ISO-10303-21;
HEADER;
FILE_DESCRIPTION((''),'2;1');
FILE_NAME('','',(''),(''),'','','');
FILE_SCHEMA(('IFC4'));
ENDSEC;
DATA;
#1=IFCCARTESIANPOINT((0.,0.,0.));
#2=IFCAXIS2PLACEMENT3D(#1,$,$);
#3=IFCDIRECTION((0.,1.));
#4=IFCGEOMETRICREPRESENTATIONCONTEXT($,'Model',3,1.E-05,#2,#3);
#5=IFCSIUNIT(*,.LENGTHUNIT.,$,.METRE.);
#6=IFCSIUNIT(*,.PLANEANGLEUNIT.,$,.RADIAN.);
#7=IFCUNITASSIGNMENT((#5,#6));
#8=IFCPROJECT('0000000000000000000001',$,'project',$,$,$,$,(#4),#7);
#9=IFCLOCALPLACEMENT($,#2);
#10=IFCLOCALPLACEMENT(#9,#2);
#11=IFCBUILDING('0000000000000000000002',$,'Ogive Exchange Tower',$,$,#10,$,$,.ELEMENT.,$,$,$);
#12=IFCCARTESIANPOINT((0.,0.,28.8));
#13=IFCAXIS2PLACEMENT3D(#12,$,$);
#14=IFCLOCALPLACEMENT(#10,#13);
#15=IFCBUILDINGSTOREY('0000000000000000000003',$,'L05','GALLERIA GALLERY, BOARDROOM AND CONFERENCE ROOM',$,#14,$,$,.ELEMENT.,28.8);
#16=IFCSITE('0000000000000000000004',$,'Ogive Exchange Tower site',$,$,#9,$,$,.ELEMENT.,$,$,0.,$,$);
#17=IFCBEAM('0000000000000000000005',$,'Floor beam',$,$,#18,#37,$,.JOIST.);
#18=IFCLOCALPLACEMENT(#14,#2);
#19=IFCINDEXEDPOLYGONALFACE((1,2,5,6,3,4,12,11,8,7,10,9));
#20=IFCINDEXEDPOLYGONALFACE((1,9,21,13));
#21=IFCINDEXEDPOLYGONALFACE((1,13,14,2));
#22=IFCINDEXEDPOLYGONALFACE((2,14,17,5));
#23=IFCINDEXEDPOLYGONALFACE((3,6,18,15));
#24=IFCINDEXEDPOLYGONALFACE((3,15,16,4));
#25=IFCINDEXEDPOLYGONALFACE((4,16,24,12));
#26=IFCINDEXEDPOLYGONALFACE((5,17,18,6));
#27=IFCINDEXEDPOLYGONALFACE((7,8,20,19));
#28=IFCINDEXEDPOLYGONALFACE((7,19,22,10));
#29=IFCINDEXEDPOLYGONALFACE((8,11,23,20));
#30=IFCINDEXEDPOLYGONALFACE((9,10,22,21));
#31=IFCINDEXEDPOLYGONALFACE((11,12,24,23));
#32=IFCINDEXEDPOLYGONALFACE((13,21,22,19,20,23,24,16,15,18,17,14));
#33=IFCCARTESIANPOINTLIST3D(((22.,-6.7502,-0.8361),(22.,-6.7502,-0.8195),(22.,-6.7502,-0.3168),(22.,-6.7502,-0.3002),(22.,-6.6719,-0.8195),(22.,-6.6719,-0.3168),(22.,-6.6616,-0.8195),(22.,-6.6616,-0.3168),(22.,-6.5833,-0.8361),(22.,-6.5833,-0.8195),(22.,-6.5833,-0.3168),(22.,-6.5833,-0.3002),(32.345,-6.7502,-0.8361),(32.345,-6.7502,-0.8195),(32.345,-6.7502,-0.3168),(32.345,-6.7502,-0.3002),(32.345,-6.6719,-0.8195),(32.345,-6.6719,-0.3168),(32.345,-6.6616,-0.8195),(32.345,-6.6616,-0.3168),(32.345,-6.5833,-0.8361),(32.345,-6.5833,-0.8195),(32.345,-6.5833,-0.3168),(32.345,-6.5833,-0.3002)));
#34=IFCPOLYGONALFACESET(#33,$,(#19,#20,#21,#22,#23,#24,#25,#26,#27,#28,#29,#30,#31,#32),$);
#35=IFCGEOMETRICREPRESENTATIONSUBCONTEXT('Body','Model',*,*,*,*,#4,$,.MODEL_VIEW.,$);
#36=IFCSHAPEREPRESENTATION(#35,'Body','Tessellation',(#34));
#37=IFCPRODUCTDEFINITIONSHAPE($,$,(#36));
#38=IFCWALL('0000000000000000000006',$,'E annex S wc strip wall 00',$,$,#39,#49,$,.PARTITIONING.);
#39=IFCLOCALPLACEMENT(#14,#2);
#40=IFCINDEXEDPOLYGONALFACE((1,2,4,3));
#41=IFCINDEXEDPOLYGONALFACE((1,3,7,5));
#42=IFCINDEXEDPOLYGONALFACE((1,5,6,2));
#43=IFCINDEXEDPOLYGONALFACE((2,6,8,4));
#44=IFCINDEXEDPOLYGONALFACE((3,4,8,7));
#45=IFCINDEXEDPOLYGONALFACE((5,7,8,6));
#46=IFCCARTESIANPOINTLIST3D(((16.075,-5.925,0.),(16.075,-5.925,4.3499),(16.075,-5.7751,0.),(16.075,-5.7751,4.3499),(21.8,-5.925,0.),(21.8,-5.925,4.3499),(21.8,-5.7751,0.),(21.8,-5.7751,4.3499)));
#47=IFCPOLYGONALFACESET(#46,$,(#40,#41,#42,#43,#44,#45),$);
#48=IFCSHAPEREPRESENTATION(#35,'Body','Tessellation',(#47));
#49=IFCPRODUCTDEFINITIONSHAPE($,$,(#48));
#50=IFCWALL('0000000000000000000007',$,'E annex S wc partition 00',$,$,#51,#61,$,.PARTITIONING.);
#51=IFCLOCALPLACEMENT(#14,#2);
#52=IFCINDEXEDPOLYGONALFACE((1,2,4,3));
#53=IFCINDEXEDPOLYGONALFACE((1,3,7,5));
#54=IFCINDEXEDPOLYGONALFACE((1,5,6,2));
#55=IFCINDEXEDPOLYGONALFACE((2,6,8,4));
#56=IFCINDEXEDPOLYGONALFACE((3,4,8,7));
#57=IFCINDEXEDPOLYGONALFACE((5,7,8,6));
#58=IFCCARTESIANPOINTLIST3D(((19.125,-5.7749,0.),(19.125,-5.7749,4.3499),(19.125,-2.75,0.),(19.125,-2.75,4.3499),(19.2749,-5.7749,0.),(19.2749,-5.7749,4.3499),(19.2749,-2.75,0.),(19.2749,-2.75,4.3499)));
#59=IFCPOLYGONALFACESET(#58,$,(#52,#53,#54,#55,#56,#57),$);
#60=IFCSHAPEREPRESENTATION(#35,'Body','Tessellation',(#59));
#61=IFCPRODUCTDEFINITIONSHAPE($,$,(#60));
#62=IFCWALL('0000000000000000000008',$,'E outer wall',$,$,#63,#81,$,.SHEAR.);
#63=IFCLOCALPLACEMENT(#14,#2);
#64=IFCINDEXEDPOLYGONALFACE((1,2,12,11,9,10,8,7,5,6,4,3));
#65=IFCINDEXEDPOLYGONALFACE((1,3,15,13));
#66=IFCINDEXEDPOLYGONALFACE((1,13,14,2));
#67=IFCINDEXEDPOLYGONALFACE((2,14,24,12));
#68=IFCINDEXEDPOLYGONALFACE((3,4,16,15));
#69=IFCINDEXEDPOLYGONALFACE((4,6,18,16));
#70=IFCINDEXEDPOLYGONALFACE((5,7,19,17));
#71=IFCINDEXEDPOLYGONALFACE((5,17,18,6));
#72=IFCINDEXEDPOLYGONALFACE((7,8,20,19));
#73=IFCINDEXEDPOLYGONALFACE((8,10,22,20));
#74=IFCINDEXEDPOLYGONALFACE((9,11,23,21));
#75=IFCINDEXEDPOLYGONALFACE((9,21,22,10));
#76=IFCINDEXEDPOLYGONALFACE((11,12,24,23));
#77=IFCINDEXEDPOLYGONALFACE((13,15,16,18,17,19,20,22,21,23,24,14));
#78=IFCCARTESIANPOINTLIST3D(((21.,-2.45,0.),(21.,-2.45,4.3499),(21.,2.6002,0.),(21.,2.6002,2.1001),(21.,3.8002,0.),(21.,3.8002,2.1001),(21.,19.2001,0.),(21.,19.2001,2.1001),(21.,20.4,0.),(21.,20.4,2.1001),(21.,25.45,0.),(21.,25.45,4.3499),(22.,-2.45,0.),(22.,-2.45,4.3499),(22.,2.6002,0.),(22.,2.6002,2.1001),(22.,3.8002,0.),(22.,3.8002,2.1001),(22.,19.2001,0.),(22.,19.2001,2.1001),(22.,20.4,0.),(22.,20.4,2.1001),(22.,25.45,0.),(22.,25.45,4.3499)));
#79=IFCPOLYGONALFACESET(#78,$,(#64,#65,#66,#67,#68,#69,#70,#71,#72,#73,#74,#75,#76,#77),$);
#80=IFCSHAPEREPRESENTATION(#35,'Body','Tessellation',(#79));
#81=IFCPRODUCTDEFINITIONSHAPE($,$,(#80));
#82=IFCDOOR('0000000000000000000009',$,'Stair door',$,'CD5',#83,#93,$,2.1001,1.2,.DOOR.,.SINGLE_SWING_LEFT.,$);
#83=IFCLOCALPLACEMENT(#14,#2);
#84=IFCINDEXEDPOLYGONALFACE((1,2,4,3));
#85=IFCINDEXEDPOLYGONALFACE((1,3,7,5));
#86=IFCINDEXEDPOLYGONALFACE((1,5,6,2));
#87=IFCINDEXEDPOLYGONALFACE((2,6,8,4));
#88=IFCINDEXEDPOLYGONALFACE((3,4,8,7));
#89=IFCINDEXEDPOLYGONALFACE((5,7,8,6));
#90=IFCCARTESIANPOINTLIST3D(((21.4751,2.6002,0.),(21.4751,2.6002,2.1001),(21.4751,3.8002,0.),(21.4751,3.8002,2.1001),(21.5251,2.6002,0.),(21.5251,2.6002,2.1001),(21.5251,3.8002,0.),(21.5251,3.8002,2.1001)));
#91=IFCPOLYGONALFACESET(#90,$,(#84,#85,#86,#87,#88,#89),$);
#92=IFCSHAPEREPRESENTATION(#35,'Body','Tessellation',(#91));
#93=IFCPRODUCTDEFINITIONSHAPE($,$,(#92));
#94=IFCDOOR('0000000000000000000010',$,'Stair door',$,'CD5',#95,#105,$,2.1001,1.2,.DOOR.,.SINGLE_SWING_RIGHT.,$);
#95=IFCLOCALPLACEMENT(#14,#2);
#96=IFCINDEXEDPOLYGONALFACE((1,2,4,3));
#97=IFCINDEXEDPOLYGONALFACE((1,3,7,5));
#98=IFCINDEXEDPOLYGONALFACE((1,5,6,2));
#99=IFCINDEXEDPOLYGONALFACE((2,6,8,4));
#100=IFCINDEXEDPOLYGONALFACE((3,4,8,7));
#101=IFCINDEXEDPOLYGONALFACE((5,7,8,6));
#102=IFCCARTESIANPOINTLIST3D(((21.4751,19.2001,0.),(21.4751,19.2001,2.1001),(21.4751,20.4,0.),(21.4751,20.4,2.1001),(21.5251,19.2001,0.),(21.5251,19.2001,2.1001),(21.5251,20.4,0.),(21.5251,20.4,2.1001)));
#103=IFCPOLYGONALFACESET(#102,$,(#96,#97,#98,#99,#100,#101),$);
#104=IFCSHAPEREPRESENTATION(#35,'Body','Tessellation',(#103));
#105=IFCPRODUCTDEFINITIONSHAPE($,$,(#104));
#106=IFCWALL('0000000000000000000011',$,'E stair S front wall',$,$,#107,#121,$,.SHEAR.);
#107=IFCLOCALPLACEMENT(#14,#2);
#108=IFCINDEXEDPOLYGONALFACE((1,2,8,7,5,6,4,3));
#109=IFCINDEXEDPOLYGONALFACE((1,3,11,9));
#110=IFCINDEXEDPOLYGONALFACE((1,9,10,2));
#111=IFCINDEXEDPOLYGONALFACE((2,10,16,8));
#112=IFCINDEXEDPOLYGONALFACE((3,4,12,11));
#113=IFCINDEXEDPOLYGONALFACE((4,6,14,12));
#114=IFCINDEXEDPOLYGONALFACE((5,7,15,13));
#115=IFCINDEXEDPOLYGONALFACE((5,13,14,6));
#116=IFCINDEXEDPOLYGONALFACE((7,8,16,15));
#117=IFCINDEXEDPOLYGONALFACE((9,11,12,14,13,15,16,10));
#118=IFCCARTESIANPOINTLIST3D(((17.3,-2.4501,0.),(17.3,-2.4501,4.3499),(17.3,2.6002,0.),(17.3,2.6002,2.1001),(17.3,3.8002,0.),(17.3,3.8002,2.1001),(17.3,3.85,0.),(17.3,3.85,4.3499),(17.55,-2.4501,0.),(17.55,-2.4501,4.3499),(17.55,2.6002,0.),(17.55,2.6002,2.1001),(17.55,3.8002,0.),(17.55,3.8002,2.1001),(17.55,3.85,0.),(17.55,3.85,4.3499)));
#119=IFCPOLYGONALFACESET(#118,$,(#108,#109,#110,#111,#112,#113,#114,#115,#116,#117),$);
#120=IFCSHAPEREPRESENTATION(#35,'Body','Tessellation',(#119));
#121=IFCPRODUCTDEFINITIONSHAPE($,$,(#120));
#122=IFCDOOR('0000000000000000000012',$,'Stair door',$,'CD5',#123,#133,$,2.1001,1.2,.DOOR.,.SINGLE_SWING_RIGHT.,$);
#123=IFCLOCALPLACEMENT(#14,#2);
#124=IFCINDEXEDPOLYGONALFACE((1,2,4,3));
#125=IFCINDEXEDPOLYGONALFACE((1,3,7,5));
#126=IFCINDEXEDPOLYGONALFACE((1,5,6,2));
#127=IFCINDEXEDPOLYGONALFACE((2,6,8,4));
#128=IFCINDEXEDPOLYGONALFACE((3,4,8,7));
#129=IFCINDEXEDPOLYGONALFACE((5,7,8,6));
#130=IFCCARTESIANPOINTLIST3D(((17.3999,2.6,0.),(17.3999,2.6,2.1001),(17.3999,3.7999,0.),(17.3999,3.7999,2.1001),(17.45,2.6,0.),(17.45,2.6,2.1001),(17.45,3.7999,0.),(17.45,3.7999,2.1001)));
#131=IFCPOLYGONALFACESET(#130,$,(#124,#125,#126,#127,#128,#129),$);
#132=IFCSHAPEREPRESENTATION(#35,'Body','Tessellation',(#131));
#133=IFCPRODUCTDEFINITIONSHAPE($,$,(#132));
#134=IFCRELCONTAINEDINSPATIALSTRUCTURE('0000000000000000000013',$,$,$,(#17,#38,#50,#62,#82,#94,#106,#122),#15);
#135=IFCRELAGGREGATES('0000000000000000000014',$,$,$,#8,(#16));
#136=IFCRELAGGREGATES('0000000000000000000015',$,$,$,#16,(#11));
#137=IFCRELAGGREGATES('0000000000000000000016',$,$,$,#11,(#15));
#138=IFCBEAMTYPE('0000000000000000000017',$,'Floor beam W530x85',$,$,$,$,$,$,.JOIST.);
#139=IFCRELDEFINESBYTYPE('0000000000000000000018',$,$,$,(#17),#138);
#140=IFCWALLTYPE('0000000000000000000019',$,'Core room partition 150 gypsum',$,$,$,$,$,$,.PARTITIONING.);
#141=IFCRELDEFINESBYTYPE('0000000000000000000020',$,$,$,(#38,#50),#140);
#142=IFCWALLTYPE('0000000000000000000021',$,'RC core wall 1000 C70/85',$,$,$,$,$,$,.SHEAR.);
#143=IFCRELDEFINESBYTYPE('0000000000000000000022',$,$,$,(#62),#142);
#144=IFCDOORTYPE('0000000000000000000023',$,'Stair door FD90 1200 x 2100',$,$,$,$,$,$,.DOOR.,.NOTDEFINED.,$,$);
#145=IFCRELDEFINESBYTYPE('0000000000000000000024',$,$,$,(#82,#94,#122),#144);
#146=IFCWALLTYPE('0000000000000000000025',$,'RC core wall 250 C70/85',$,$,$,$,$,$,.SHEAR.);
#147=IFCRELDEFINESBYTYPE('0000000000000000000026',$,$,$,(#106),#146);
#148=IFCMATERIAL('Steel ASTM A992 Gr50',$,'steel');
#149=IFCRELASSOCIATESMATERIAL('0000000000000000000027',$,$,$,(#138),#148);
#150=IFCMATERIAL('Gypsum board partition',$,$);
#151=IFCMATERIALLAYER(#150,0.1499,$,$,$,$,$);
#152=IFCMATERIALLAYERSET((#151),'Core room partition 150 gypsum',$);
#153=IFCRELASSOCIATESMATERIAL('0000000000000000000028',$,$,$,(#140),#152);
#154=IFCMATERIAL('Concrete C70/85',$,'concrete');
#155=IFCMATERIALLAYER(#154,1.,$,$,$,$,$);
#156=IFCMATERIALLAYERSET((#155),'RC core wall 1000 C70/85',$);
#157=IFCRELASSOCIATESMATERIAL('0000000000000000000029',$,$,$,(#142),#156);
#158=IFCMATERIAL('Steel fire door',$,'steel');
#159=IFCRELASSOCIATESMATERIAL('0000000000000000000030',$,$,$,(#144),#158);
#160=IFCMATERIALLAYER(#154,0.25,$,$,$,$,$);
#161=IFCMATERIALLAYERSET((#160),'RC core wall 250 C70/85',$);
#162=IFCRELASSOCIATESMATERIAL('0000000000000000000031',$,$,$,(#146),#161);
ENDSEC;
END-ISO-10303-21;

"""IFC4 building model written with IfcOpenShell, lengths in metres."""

from ifc_helpers import new_model, si_unit, direction, frame, frame_2d, origin, origin_2d, place, context, subcontext, project, spatial, rectangle, i_section, extrude, material, layer, layer_set, material_profile, profile_set, type_object, element, fill, save


model = new_model("IFC4")

# Units and contexts
model_context = context("Model", 3, precision=1e-05, world=origin(), true_north=direction((0.0, 1.0)))
body_context = subcontext(model_context, "Body", "Model", "MODEL_VIEW")
ifc_project = project(units=[si_unit("LENGTHUNIT", "METRE"), si_unit("PLANEANGLEUNIT", "RADIAN")], contexts=[model_context])

# Site, building, storey
site_placement = place(None, origin())
site = spatial("IfcSite", under=ifc_project, at=site_placement, Name="Ogive Exchange Tower site", CompositionType="ELEMENT", RefElevation=0.0)
building_placement = place(site_placement, origin())
building = spatial("IfcBuilding", under=site, at=building_placement, Name="Ogive Exchange Tower", CompositionType="ELEMENT")
storey_placement = place(building_placement, frame((0.0, 0.0, 28.8)))
storey = spatial("IfcBuildingStorey", under=building, at=storey_placement, Name="L05", Description="GALLERIA GALLERY, BOARDROOM AND CONFERENCE ROOM", CompositionType="ELEMENT", Elevation=28.8)

# Beam
ifc_material_1 = material(Name="Steel ASTM A992 Gr50", Category="steel")
ifc_material_profile = material_profile(ifc_material_1, i_section(OverallWidth=0.167, OverallDepth=0.5359, WebThickness=0.0103, FlangeThickness=0.0166, at=origin_2d()), Name="W530x85")
ifc_profile_set = profile_set([ifc_material_profile], Name="Steel ASTM A992 Gr50")
beam_type = type_object("IfcBeamType", Name="Floor beam W530x85", PredefinedType="JOIST", material=ifc_profile_set)
beam_placement = place(storey_placement, frame((22.0, -6.6667, -0.5681), z_axis=(1.0, 0.0, 0.0), x_axis=(0.0, 1.0, 0.0)))
element("IfcBeam", 1, at=beam_placement, inside=storey, type_object=beam_type, Name="Floor beam", PredefinedType="JOIST", context=body_context, shape_type="SweptSolid", body=[
    extrude(i_section(OverallWidth=0.167, OverallDepth=0.5359, WebThickness=0.0103, FlangeThickness=0.0166, at=origin_2d()), origin(), (0.0, 0.0, 1.0), 10.345),
])

# Walls
ifc_material_2 = material(Name="Gypsum board partition")
ifc_layer_1 = layer(ifc_material_2, 0.1499)
ifc_layer_set_1 = layer_set([ifc_layer_1], Name="Core room partition 150 gypsum")
wall_type_1 = type_object("IfcWallType", Name="Core room partition 150 gypsum", PredefinedType="PARTITIONING", material=ifc_layer_set_1)
wall_1_placement = place(storey_placement, frame((16.075, -5.8501, 0.0), z_axis=(0.0, 0.0, 1.0), x_axis=(1.0, 0.0, 0.0)))
element("IfcWall", 2, at=wall_1_placement, inside=storey, type_object=wall_type_1, Name="E annex S wc strip wall 00", PredefinedType="PARTITIONING", context=body_context, shape_type="SweptSolid", body=[
    extrude(rectangle(XDim=5.7251, YDim=0.1499, at=frame_2d((2.8625, 0.0))), origin(), (0.0, 0.0, 1.0), 4.3499),
])
wall_2_placement = place(storey_placement, frame((19.2, -5.7749, 0.0), z_axis=(0.0, 0.0, 1.0), x_axis=(0.0, 1.0, 0.0)))
element("IfcWall", 3, at=wall_2_placement, inside=storey, type_object=wall_type_1, Name="E annex S wc partition 00", PredefinedType="PARTITIONING", context=body_context, shape_type="SweptSolid", body=[
    extrude(rectangle(XDim=3.0249, YDim=0.1499, at=frame_2d((1.5125, 0.0))), origin(), (0.0, 0.0, 1.0), 4.3499),
])

# Wall, openings, doors
ifc_material_3 = material(Name="Concrete C70/85", Category="concrete")
ifc_layer_2 = layer(ifc_material_3, 1.0)
ifc_layer_set_2 = layer_set([ifc_layer_2], Name="RC core wall 1000 C70/85")
wall_type_2 = type_object("IfcWallType", Name="RC core wall 1000 C70/85", PredefinedType="SHEAR", material=ifc_layer_set_2)
wall_3_placement = place(storey_placement, frame((21.5, -2.45, 0.0), z_axis=(0.0, 0.0, 1.0), x_axis=(0.0, 1.0, 0.0)))
wall_3 = element("IfcWall", 4, at=wall_3_placement, inside=storey, type_object=wall_type_2, Name="E outer wall", PredefinedType="SHEAR", context=body_context, shape_type="SweptSolid", body=[
    extrude(rectangle(XDim=27.8999, YDim=1.0, at=frame_2d((13.95, 0.0))), origin(), (0.0, 0.0, 1.0), 4.3499),
])
opening_1_placement = place(wall_3_placement, frame((5.05, 0.0, 0.0)))
opening_1 = element("IfcOpeningElement", 5, at=opening_1_placement, cuts=wall_3, PredefinedType="OPENING", context=body_context, shape_type="SweptSolid", body=[
    extrude(rectangle(XDim=1.2, YDim=2.1001, at=frame_2d((0.6001, 1.05))), frame((0.0, 0.51, 0.0), z_axis=(0.0, -1.0, 0.0), x_axis=(1.0, 0.0, 0.0)), (0.0, 0.0, 1.0), 1.02),
])
opening_2_placement = place(wall_3_placement, frame((21.6499, 0.0, 0.0)))
opening_2 = element("IfcOpeningElement", 6, at=opening_2_placement, cuts=wall_3, PredefinedType="OPENING", context=body_context, shape_type="SweptSolid", body=[
    extrude(rectangle(XDim=1.2, YDim=2.1001, at=frame_2d((0.6001, 1.05))), frame((0.0, 0.51, 0.0), z_axis=(0.0, -1.0, 0.0), x_axis=(1.0, 0.0, 0.0)), (0.0, 0.0, 1.0), 1.02),
])
ifc_material_4 = material(Name="Steel fire door", Category="steel")
door_type_1 = type_object("IfcDoorType", Name="Stair door FD90 1200 x 2100", OperationType="NOTDEFINED", PredefinedType="DOOR", material=ifc_material_4)
door_1_placement = place(opening_1_placement, origin())
door_1 = element("IfcDoor", 7, at=door_1_placement, inside=storey, type_object=door_type_1, Name="Stair door", ObjectType="CD5", OperationType="SINGLE_SWING_LEFT", OverallHeight=2.1001, OverallWidth=1.2, PredefinedType="DOOR", context=body_context, shape_type="SweptSolid", body=[
    extrude(rectangle(XDim=1.2, YDim=2.1001, at=frame_2d((0.6001, 1.05))), frame((0.0, 0.0249, 0.0), z_axis=(0.0, -1.0, 0.0), x_axis=(1.0, 0.0, 0.0)), (0.0, 0.0, 1.0), 0.05),
])
fill(opening_1, door_1)
door_2_placement = place(opening_2_placement, origin())
door_2 = element("IfcDoor", 8, at=door_2_placement, inside=storey, type_object=door_type_1, Name="Stair door", ObjectType="CD5", OperationType="SINGLE_SWING_RIGHT", OverallHeight=2.1001, OverallWidth=1.2, PredefinedType="DOOR", context=body_context, shape_type="SweptSolid", body=[
    extrude(rectangle(XDim=1.2, YDim=2.1001, at=frame_2d((0.6001, 1.05))), frame((0.0, 0.0249, 0.0), z_axis=(0.0, -1.0, 0.0), x_axis=(1.0, 0.0, 0.0)), (0.0, 0.0, 1.0), 0.05),
])
fill(opening_2, door_2)

# Wall, opening, door
ifc_layer_3 = layer(ifc_material_3, 0.25)
ifc_layer_set_3 = layer_set([ifc_layer_3], Name="RC core wall 250 C70/85")
wall_type_3 = type_object("IfcWallType", Name="RC core wall 250 C70/85", PredefinedType="SHEAR", material=ifc_layer_set_3)
wall_4_placement = place(storey_placement, frame((17.425, -2.45, 0.0), z_axis=(0.0, 0.0, 1.0), x_axis=(0.0, 1.0, 0.0)))
wall_4 = element("IfcWall", 9, at=wall_4_placement, inside=storey, type_object=wall_type_3, Name="E stair S front wall", PredefinedType="SHEAR", context=body_context, shape_type="SweptSolid", body=[
    extrude(rectangle(XDim=6.3, YDim=0.25, at=frame_2d((3.1499, 0.0))), origin(), (0.0, 0.0, 1.0), 4.3499),
])
opening_3_placement = place(wall_4_placement, frame((5.05, 0.0, 0.0)))
opening_3 = element("IfcOpeningElement", 10, at=opening_3_placement, cuts=wall_4, PredefinedType="OPENING", context=body_context, shape_type="SweptSolid", body=[
    extrude(rectangle(XDim=1.2, YDim=2.1001, at=frame_2d((0.6001, 1.05))), frame((0.0, 0.135, 0.0), z_axis=(0.0, -1.0, 0.0), x_axis=(1.0, 0.0, 0.0)), (0.0, 0.0, 1.0), 0.27),
])
door_3_placement = place(opening_3_placement, frame((1.2, 0.0, 0.0), z_axis=(0.0, 0.0, 1.0), x_axis=(-1.0, 0.0, 0.0)))
door_3 = element("IfcDoor", 11, at=door_3_placement, inside=storey, type_object=door_type_1, Name="Stair door", ObjectType="CD5", OperationType="SINGLE_SWING_RIGHT", OverallHeight=2.1001, OverallWidth=1.2, PredefinedType="DOOR", context=body_context, shape_type="SweptSolid", body=[
    extrude(rectangle(XDim=1.2, YDim=2.1001, at=frame_2d((0.6001, 1.05))), frame((0.0, 0.0249, 0.0), z_axis=(0.0, -1.0, 0.0), x_axis=(1.0, 0.0, 0.0)), (0.0, 0.0, 1.0), 0.05),
])
fill(opening_3, door_3)

save(model, "model.ifc")
